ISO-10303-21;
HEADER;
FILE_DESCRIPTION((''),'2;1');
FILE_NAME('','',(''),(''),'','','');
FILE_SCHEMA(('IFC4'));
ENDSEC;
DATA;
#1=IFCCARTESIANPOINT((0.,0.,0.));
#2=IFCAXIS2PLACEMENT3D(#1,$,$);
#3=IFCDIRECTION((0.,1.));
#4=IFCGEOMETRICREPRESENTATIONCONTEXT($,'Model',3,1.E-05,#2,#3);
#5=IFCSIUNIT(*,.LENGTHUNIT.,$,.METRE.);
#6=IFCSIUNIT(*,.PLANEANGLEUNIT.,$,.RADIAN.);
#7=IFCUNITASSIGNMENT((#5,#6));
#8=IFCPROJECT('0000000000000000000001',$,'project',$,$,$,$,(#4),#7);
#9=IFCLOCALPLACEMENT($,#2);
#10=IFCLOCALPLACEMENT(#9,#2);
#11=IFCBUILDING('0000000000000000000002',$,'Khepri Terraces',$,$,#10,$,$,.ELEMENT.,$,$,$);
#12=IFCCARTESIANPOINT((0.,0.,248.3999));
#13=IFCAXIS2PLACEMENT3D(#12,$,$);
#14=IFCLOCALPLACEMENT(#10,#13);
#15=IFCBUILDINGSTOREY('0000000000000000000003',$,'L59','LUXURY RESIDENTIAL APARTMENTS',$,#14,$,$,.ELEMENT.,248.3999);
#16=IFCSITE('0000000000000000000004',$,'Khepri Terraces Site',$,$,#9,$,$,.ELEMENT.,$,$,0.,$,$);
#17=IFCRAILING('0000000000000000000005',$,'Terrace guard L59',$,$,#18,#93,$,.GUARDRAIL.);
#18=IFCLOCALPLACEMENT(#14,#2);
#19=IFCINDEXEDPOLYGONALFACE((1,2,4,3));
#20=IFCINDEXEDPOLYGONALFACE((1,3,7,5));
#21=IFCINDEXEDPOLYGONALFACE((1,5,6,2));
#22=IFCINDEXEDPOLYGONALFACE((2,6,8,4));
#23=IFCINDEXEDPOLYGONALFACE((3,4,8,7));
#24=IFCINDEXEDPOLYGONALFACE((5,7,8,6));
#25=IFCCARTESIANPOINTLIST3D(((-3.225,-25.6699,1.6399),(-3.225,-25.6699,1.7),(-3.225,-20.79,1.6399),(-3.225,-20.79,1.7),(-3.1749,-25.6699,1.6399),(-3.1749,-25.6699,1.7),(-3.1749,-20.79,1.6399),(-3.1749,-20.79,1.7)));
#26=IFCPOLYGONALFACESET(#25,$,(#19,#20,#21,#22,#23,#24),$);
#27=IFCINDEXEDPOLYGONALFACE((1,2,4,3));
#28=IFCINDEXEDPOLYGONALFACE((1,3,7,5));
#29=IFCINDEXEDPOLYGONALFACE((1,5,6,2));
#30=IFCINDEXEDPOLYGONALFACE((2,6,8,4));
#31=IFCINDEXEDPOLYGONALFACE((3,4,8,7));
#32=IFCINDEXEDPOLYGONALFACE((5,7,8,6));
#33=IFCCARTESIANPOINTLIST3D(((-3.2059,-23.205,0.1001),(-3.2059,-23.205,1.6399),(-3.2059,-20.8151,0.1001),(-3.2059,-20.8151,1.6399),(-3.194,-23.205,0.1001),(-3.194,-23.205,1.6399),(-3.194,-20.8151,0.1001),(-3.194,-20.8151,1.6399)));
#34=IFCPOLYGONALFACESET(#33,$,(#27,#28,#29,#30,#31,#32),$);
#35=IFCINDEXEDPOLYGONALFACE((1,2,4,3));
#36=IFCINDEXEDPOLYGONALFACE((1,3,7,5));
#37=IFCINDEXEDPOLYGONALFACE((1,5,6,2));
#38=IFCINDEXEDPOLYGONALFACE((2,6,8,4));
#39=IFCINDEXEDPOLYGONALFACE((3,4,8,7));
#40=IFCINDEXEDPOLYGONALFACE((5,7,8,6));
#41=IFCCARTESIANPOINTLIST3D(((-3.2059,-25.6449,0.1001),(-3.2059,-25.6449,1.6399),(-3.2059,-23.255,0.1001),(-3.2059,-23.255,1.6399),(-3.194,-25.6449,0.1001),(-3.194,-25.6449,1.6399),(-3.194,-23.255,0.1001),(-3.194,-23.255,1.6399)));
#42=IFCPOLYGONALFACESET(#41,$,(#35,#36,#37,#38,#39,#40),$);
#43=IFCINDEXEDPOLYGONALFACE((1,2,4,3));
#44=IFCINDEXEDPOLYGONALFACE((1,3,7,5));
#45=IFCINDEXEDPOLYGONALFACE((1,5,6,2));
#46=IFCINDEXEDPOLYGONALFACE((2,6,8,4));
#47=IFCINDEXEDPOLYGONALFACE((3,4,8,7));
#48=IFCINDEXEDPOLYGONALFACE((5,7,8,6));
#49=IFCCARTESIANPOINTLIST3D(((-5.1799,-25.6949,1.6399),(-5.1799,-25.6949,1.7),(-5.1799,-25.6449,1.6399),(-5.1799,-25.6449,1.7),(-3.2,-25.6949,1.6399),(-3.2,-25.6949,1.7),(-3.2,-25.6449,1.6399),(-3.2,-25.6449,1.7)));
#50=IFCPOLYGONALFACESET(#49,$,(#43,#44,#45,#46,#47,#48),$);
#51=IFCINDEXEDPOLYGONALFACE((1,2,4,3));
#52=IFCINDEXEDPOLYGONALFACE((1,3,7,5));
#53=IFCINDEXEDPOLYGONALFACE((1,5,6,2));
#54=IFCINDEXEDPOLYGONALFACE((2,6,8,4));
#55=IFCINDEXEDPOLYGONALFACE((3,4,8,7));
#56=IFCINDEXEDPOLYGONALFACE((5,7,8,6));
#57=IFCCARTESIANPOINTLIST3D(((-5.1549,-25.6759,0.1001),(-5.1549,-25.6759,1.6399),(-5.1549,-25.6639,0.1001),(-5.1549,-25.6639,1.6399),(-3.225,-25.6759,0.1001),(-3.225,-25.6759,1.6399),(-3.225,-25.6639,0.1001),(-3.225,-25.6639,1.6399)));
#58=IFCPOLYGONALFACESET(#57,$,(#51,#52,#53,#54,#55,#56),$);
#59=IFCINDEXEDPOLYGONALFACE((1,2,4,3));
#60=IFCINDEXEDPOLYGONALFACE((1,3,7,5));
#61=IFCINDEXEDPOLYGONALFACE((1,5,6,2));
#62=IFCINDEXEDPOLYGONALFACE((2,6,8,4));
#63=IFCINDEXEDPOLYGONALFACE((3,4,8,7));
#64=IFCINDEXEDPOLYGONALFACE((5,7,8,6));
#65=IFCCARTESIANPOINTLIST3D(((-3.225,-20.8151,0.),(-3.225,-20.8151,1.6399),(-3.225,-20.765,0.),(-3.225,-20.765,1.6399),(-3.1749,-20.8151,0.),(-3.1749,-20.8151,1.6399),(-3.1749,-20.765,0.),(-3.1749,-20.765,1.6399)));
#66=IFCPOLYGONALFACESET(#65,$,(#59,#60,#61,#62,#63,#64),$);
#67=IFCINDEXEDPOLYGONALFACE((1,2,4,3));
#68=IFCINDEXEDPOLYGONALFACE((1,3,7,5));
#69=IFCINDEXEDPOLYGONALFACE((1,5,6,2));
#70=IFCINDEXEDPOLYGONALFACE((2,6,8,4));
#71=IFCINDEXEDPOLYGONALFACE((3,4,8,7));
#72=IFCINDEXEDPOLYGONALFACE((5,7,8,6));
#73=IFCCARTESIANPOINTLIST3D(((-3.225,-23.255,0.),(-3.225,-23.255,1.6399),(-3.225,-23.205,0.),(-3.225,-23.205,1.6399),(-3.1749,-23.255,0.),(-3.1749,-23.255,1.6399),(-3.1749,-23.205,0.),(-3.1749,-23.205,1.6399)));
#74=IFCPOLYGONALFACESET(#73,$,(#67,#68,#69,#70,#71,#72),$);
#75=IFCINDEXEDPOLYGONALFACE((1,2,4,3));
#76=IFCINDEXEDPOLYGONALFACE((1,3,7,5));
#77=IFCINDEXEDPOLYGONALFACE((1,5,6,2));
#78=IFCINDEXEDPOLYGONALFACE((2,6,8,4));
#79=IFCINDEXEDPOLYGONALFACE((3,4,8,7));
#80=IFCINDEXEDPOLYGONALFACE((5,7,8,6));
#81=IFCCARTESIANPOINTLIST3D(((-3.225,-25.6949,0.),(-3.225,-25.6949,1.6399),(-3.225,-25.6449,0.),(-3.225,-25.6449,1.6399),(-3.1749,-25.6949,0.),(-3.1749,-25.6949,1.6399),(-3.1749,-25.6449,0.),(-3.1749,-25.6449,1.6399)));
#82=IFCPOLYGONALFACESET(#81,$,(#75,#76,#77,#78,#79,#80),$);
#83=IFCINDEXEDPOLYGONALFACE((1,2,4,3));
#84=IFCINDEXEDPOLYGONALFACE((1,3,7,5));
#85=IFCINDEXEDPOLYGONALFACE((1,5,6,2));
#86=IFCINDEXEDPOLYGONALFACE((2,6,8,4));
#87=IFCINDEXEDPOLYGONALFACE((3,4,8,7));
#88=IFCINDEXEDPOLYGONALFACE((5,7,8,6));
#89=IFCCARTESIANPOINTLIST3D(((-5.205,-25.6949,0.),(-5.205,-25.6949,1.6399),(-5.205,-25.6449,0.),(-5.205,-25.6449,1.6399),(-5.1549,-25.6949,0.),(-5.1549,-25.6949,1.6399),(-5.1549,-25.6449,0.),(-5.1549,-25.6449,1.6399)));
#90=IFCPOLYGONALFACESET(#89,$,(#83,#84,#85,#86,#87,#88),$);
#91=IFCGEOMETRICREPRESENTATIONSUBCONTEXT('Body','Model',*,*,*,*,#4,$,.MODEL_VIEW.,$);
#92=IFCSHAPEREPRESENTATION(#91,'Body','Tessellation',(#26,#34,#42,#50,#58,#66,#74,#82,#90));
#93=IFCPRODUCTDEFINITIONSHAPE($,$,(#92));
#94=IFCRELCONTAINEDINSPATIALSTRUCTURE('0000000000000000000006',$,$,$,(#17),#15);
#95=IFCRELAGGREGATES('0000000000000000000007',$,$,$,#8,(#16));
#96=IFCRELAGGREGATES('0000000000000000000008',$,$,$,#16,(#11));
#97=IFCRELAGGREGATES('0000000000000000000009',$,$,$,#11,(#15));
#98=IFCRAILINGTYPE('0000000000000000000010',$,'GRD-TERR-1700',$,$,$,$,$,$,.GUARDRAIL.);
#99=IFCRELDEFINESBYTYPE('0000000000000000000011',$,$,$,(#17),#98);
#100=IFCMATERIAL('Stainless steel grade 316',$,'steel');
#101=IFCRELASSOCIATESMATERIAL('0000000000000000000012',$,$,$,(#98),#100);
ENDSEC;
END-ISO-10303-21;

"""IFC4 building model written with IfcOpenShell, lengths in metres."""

from ifc_helpers import new_model, si_unit, direction, frame, origin, origin_2d, place, context, subcontext, project, spatial, rectangle, extrude, material, type_object, element, save


model = new_model("IFC4")

# Units and contexts
model_context = context("Model", 3, precision=1e-05, world=origin(), true_north=direction((0.0, 1.0)))
body_context = subcontext(model_context, "Body", "Model", "MODEL_VIEW")
ifc_project = project(units=[si_unit("LENGTHUNIT", "METRE"), si_unit("PLANEANGLEUNIT", "RADIAN")], contexts=[model_context])

# Site, building, storey
site_placement = place(None, origin())
site = spatial("IfcSite", under=ifc_project, at=site_placement, Name="Khepri Terraces Site", CompositionType="ELEMENT", RefElevation=0.0)
building_placement = place(site_placement, origin())
building = spatial("IfcBuilding", under=site, at=building_placement, Name="Khepri Terraces", CompositionType="ELEMENT")
storey_placement = place(building_placement, frame((0.0, 0.0, 248.3999)))
storey = spatial("IfcBuildingStorey", under=building, at=storey_placement, Name="L59", Description="LUXURY RESIDENTIAL APARTMENTS", CompositionType="ELEMENT", Elevation=248.3999)

# Railing
ifc_material_1 = material(Name="Stainless steel grade 316", Category="steel")
railing_type = type_object("IfcRailingType", Name="GRD-TERR-1700", PredefinedType="GUARDRAIL", material=ifc_material_1)
railing_placement = place(storey_placement, frame((-3.2, -20.79, 0.0)))
element("IfcRailing", 1, at=railing_placement, inside=storey, type_object=railing_type, Name="Terrace guard L59", PredefinedType="GUARDRAIL", context=body_context, shape_type="SweptSolid", body=[
    extrude(rectangle(XDim=0.05, YDim=0.0601, at=origin_2d()), frame((0.0, 0.0, 1.6699), z_axis=(0.0, -1.0, 0.0), x_axis=(1.0, 0.0, 0.0)), (0.0, 0.0, 1.0), 4.8799),
    extrude(rectangle(XDim=2.3899, YDim=0.012, at=origin_2d()), frame((0.0, -1.22, 0.1001), z_axis=(0.0, 0.0, 1.0), x_axis=(0.0, -1.0, 0.0)), (0.0, 0.0, 1.0), 1.5398),
    extrude(rectangle(XDim=2.3899, YDim=0.012, at=origin_2d()), frame((0.0, -3.6599, 0.1001), z_axis=(0.0, 0.0, 1.0), x_axis=(0.0, -1.0, 0.0)), (0.0, 0.0, 1.0), 1.5398),
    extrude(rectangle(XDim=0.05, YDim=0.0601, at=origin_2d()), frame((0.0, -4.8799, 1.6699), z_axis=(-1.0, 0.0, 0.0), x_axis=(0.0, -1.0, 0.0)), (0.0, 0.0, 1.0), 1.98),
    extrude(rectangle(XDim=1.9299, YDim=0.012, at=origin_2d()), frame((-0.99, -4.8799, 0.1001), z_axis=(0.0, 0.0, 1.0), x_axis=(-1.0, 0.0, 0.0)), (0.0, 0.0, 1.0), 1.5398),
    extrude(rectangle(XDim=0.05, YDim=0.05, at=origin_2d()), origin(), (0.0, 0.0, 1.0), 1.6399),
    extrude(rectangle(XDim=0.05, YDim=0.05, at=origin_2d()), frame((0.0, -2.4399, 0.0)), (0.0, 0.0, 1.0), 1.6399),
    extrude(rectangle(XDim=0.05, YDim=0.05, at=origin_2d()), frame((0.0, -4.8799, 0.0)), (0.0, 0.0, 1.0), 1.6399),
    extrude(rectangle(XDim=0.05, YDim=0.05, at=origin_2d()), frame((-1.98, -4.8799, 0.0)), (0.0, 0.0, 1.0), 1.6399),
])

save(model, "model.ifc")
